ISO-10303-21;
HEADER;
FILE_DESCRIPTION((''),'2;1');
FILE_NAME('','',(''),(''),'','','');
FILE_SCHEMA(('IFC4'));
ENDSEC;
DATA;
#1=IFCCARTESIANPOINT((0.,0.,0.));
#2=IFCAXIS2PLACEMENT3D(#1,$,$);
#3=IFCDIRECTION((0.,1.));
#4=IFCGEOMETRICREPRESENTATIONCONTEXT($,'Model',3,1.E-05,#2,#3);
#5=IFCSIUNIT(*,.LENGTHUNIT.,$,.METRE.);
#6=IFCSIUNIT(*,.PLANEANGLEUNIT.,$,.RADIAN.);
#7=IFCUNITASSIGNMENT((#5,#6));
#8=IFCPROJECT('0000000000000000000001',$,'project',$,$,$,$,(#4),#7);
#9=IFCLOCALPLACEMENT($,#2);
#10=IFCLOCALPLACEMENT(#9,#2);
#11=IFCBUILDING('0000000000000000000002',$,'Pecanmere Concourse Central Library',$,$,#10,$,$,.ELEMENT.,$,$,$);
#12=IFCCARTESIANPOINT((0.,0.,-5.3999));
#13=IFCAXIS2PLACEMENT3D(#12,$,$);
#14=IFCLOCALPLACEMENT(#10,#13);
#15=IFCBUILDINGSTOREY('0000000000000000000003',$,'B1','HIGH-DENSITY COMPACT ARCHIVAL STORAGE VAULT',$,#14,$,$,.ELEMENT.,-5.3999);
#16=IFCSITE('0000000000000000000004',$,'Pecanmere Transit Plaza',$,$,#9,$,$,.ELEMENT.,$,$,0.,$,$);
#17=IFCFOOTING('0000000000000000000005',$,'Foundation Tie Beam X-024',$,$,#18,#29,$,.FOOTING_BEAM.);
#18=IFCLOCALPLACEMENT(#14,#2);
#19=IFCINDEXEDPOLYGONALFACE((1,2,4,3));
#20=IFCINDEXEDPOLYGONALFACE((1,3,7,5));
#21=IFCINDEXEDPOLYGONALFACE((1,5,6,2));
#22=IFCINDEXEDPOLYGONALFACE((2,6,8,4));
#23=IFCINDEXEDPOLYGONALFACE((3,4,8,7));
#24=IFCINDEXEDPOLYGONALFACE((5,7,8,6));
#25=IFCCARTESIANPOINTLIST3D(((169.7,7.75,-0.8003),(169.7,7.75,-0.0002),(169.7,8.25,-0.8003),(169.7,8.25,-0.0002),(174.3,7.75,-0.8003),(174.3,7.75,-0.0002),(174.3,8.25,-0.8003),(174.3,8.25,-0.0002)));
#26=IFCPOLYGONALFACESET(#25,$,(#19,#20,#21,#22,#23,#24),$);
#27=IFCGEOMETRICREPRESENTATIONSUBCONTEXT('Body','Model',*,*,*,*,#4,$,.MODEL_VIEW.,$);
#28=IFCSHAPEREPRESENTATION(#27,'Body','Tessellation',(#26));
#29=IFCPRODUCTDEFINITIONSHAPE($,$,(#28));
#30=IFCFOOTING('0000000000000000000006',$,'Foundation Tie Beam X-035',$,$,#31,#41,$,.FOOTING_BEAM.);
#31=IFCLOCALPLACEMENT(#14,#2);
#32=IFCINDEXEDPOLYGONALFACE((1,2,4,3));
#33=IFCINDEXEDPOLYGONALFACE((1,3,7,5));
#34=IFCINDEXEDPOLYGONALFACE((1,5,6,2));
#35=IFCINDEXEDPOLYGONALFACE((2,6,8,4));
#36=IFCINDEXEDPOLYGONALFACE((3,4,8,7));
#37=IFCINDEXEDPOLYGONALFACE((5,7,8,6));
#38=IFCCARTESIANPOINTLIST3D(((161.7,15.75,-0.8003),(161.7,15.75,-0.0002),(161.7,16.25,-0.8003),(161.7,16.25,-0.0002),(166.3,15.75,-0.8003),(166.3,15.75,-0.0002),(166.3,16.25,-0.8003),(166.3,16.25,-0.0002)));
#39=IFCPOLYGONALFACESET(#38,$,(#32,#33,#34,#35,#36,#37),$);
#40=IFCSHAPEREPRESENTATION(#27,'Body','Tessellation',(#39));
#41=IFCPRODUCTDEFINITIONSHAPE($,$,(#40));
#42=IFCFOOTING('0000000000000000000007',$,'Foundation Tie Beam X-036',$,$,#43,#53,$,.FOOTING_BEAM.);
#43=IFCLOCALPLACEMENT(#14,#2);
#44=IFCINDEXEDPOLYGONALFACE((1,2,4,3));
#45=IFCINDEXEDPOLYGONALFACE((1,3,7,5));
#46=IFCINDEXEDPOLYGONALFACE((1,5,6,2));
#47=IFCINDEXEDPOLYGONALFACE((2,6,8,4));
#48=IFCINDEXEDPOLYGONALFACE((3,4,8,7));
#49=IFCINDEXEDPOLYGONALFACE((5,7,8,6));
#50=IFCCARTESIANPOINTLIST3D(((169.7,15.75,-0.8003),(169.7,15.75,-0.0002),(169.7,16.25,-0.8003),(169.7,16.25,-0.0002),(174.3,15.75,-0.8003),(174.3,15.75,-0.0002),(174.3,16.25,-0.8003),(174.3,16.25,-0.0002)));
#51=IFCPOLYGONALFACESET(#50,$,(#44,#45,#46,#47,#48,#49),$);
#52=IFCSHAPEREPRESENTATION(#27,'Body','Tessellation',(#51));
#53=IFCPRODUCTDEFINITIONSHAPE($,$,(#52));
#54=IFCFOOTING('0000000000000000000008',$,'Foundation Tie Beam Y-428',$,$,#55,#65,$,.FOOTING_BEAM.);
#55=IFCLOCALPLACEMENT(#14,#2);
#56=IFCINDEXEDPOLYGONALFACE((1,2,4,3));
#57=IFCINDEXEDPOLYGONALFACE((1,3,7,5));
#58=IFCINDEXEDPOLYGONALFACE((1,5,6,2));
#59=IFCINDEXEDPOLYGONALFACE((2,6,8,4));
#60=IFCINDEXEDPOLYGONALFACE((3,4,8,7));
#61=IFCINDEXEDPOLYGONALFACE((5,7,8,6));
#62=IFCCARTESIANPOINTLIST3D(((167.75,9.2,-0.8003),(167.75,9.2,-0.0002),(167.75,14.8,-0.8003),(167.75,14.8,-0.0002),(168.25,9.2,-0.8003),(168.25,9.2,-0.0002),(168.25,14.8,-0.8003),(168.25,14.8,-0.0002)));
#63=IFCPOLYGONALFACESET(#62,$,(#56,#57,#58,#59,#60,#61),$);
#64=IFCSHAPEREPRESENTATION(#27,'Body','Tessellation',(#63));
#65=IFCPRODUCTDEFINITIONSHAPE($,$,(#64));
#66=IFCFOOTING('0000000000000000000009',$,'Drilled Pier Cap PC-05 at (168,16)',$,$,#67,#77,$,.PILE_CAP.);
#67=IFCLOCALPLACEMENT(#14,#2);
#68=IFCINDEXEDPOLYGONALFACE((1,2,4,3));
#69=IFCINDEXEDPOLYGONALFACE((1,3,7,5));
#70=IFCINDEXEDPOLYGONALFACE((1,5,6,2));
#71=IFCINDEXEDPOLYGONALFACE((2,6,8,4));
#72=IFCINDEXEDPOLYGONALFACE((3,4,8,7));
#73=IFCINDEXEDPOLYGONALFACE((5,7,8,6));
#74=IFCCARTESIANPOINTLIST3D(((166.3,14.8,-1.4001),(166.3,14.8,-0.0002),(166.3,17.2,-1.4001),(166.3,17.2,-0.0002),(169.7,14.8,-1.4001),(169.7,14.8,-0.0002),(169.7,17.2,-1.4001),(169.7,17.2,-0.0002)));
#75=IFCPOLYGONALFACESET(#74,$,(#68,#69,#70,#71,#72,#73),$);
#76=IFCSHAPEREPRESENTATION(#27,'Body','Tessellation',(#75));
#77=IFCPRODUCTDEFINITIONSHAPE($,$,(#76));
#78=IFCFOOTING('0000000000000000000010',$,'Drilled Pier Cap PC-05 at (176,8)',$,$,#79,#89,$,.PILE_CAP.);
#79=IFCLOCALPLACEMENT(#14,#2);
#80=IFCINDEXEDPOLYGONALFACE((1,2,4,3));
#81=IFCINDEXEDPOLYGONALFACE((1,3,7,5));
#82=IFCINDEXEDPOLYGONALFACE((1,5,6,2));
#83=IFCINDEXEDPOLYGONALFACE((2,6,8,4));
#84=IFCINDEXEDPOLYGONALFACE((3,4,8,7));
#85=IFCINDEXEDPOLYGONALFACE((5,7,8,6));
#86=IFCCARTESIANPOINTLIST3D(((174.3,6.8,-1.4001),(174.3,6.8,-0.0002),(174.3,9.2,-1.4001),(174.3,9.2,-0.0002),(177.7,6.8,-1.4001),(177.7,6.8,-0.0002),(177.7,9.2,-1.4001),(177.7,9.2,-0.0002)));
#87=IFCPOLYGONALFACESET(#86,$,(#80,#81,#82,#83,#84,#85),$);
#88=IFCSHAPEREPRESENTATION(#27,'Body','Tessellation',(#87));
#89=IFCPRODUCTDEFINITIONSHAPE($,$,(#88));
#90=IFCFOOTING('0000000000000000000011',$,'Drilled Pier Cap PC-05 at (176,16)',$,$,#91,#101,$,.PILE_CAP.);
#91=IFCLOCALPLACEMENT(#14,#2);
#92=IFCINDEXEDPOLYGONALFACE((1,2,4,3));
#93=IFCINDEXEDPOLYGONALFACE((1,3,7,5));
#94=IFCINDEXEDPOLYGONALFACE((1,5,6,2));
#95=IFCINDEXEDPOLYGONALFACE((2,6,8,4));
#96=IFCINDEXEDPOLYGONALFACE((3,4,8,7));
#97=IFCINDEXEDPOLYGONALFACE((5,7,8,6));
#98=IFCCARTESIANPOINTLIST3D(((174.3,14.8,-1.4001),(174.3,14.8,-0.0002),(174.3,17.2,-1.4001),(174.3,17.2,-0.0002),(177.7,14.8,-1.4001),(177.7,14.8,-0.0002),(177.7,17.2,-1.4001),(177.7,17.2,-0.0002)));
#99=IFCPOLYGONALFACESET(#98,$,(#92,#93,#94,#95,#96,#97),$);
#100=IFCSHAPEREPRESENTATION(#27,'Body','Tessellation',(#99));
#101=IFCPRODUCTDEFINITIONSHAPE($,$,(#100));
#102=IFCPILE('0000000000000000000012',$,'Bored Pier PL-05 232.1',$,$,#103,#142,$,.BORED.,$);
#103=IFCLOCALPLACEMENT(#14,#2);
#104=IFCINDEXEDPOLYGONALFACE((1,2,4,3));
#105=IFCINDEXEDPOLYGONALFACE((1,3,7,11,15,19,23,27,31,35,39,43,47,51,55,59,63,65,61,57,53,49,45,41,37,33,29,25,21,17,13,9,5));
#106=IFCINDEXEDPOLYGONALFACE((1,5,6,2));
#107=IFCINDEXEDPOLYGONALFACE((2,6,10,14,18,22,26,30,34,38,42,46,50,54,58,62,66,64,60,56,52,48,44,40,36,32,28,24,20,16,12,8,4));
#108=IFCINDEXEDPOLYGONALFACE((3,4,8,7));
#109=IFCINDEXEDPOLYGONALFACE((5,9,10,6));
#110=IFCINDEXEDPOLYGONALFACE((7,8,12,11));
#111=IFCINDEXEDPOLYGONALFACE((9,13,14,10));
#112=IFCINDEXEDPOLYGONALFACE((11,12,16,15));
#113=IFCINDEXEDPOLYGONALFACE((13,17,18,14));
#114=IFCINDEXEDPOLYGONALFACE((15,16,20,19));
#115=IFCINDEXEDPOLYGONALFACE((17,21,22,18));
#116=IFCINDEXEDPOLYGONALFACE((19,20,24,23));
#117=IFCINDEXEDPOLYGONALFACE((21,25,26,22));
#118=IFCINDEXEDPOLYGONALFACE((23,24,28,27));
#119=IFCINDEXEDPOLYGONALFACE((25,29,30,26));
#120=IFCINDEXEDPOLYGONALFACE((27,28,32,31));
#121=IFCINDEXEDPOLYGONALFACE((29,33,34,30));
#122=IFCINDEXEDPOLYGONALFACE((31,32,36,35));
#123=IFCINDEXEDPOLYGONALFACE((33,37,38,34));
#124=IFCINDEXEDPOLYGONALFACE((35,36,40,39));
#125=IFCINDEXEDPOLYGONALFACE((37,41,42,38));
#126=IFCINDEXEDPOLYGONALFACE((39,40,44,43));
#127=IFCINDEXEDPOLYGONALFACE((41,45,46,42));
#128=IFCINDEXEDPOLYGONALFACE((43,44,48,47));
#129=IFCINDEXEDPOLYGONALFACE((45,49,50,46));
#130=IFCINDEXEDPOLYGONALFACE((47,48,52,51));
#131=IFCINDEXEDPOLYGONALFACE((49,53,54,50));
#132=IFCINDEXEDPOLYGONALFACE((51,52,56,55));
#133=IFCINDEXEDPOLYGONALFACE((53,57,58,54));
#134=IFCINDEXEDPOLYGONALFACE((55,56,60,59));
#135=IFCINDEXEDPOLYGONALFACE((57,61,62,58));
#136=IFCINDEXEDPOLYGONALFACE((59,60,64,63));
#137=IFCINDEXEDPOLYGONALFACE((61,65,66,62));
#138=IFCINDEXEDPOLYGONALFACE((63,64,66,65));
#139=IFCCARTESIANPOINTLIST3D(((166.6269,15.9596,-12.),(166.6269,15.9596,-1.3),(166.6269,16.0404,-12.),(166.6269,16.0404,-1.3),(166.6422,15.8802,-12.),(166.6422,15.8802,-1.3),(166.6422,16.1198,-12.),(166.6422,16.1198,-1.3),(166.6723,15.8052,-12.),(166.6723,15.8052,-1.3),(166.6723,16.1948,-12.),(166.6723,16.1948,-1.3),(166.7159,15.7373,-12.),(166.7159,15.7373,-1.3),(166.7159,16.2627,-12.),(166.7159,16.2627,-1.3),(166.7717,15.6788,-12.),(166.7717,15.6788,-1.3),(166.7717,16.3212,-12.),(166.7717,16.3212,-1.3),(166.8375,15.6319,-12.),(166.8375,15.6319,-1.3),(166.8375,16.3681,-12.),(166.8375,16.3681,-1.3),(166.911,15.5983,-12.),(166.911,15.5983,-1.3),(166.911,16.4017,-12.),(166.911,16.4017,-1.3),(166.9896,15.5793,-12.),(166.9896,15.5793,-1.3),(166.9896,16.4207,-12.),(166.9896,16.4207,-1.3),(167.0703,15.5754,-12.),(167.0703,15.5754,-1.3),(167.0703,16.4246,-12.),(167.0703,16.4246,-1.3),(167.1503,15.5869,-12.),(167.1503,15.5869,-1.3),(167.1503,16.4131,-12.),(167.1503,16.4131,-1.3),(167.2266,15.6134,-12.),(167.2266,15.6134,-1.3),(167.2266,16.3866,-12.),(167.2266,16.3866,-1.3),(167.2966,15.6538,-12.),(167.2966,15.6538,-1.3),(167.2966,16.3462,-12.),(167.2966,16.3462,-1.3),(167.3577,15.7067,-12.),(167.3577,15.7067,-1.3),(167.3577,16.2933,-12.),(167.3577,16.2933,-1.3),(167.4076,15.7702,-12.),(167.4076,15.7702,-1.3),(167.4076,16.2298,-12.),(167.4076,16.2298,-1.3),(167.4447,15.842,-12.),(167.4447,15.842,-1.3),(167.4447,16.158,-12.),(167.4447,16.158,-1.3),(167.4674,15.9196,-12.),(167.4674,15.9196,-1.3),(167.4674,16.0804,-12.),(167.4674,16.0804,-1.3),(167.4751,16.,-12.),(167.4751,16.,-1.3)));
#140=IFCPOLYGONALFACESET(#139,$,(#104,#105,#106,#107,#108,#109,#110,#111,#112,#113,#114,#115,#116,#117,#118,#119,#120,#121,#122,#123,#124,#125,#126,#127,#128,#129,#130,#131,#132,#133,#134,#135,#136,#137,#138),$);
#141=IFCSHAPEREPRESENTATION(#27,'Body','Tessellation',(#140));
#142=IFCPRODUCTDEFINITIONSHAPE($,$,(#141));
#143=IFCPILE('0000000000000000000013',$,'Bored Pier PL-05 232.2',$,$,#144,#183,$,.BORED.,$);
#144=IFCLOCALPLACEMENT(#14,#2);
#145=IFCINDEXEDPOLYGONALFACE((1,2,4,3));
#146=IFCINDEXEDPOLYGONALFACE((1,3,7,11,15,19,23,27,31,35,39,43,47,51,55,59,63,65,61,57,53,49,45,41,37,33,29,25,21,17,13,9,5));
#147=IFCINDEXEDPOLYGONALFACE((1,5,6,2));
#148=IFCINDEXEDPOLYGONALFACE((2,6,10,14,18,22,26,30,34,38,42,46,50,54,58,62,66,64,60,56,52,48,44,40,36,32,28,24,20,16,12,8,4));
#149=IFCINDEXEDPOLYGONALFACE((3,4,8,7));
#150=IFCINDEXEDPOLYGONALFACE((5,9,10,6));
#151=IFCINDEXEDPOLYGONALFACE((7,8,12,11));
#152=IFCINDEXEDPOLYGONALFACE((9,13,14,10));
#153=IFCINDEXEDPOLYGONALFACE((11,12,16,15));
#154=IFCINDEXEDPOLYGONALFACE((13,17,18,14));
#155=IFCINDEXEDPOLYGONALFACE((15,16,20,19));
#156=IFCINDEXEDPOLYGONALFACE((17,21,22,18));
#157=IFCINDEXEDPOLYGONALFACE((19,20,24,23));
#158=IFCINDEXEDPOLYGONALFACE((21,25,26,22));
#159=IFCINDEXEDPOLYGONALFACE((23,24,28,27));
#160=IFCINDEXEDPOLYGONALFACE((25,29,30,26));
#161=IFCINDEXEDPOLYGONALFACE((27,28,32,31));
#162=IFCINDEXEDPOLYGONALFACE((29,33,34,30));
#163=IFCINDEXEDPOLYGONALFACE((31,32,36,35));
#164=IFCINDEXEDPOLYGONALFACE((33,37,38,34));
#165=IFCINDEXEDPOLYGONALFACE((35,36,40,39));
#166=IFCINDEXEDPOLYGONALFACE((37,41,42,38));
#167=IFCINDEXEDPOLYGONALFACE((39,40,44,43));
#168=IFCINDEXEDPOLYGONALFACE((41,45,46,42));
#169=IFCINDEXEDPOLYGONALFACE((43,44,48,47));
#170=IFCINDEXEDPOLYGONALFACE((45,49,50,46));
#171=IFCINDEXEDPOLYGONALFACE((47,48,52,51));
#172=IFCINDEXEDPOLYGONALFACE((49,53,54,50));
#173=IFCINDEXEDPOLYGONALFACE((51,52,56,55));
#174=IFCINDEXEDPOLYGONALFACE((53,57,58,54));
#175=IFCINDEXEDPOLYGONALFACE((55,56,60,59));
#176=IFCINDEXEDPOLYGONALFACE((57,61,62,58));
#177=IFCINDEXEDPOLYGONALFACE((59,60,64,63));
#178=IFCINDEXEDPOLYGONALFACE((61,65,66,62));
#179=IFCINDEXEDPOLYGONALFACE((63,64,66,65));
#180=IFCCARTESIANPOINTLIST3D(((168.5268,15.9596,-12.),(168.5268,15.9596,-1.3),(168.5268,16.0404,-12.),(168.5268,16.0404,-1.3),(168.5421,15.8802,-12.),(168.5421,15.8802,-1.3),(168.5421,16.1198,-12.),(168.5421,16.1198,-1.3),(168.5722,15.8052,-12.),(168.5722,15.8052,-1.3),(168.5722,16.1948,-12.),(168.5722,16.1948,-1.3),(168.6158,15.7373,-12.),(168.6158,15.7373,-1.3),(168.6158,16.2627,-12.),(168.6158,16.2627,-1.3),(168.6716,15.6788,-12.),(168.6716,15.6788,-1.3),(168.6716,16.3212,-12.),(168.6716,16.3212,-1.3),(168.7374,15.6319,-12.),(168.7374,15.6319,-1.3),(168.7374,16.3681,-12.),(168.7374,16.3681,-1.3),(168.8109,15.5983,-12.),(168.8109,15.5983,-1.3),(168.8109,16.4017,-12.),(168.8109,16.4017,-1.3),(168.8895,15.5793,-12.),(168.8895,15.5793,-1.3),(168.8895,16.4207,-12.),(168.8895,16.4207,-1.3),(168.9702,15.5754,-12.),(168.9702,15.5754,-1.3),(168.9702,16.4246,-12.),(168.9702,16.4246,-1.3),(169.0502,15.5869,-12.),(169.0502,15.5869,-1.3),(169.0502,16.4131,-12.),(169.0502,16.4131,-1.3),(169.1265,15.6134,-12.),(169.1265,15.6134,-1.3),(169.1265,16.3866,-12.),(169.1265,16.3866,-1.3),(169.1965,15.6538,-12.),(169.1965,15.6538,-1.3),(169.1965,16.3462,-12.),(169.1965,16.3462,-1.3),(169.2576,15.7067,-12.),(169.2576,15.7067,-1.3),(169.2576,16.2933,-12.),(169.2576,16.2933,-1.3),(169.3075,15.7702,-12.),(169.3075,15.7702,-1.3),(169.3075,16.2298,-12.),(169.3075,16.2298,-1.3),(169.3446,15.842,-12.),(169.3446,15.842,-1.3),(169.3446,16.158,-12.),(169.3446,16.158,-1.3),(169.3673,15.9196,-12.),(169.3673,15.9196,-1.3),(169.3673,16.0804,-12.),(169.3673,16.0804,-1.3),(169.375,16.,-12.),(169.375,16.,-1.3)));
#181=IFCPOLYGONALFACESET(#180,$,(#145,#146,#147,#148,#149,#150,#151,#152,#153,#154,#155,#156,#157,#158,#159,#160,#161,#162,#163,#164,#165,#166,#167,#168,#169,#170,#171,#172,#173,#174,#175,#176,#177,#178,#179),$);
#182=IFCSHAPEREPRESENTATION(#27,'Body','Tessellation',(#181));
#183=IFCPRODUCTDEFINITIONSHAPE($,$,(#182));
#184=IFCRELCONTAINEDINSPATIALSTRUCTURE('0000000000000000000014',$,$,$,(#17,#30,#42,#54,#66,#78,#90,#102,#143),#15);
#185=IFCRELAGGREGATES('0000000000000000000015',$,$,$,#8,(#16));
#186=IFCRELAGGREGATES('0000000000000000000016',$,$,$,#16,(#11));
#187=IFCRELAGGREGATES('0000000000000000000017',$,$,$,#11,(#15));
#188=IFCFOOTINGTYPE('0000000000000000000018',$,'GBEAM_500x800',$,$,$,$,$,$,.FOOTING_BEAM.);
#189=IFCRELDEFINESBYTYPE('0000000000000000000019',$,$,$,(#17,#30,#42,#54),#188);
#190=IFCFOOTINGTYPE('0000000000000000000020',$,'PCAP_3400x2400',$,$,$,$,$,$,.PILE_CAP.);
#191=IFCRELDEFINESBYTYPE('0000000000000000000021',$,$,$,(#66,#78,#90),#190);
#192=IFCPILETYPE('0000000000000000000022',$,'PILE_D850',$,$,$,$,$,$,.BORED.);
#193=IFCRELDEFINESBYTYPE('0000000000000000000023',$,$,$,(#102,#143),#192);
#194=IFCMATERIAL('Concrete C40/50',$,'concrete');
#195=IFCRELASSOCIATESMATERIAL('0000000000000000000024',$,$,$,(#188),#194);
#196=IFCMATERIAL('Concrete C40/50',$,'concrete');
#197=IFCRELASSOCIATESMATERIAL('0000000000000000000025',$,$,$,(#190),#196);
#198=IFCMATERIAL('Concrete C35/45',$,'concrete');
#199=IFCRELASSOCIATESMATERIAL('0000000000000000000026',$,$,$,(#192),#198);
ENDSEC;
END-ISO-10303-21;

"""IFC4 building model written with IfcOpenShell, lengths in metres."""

from ifc_helpers import new_model, si_unit, direction, frame, origin, origin_2d, place, context, subcontext, project, spatial, rectangle, circle, extrude, material, material_profile, profile_set, type_object, element, save


model = new_model("IFC4")

# Units and contexts
model_context = context("Model", 3, precision=1e-05, world=origin(), true_north=direction((0.0, 1.0)))
body_context = subcontext(model_context, "Body", "Model", "MODEL_VIEW")
ifc_project = project(units=[si_unit("LENGTHUNIT", "METRE"), si_unit("PLANEANGLEUNIT", "RADIAN")], contexts=[model_context])

# Site, building, storey
site_placement = place(None, origin())
site = spatial("IfcSite", under=ifc_project, at=site_placement, Name="Pecanmere Transit Plaza", CompositionType="ELEMENT", RefElevation=0.0)
building_placement = place(site_placement, origin())
building = spatial("IfcBuilding", under=site, at=building_placement, Name="Pecanmere Concourse Central Library", CompositionType="ELEMENT")
storey_placement = place(building_placement, frame((0.0, 0.0, -5.3999)))
storey = spatial("IfcBuildingStorey", under=building, at=storey_placement, Name="B1", Description="HIGH-DENSITY COMPACT ARCHIVAL STORAGE VAULT", CompositionType="ELEMENT", Elevation=-5.3999)

# Footings
ifc_material_1 = material(Name="Concrete C40/50", Category="concrete")
ifc_material_profile_1 = material_profile(ifc_material_1, rectangle(XDim=0.5, YDim=0.8, at=origin_2d()), Name="RC 500x800")
ifc_profile_set_1 = profile_set([ifc_material_profile_1], Name="Concrete C40/50")
footing_type_1 = type_object("IfcFootingType", Name="GBEAM_500x800", PredefinedType="FOOTING_BEAM", material=ifc_profile_set_1)
for number, where, z_axis, x_axis, name in (
    (1, (172.0, 8.0, -0.8003), (0.0, 0.0, 1.0), (1.0, 0.0, 0.0), "Foundation Tie Beam X-024"),
    (2, (164.0, 16.0, -0.8003), (0.0, 0.0, 1.0), (1.0, 0.0, 0.0), "Foundation Tie Beam X-035"),
    (3, (172.0, 16.0, -0.8003), (0.0, 0.0, 1.0), (1.0, 0.0, 0.0), "Foundation Tie Beam X-036"),
):
    element("IfcFooting", number, at=place(storey_placement, frame(where, z_axis=z_axis, x_axis=x_axis)), inside=storey, type_object=footing_type_1, Name=name, PredefinedType="FOOTING_BEAM", context=body_context, shape_type="SweptSolid", body=[
        extrude(rectangle(XDim=4.6001, YDim=0.5, at=origin_2d()), origin(), (0.0, 0.0, 1.0), 0.8),
    ])
footing_1_placement = place(storey_placement, frame((168.0, 12.0, -0.8003), z_axis=(0.0, 0.0, 1.0), x_axis=(0.0, 1.0, 0.0)))
element("IfcFooting", 4, at=footing_1_placement, inside=storey, type_object=footing_type_1, Name="Foundation Tie Beam Y-428", PredefinedType="FOOTING_BEAM", context=body_context, shape_type="SweptSolid", body=[
    extrude(rectangle(XDim=5.6001, YDim=0.5, at=origin_2d()), origin(), (0.0, 0.0, 1.0), 0.8),
])
ifc_material_2 = material(Name="Concrete C40/50", Category="concrete")
footing_type_2 = type_object("IfcFootingType", Name="PCAP_3400x2400", PredefinedType="PILE_CAP", material=ifc_material_2)
for number, where, z_axis, x_axis, name in (
    (5, (168.0, 16.0, -1.4001), (0.0, 0.0, 1.0), (1.0, 0.0, 0.0), "Drilled Pier Cap PC-05 at (168,16)"),
    (6, (176.0, 8.0, -1.4001), (0.0, 0.0, 1.0), (1.0, 0.0, 0.0), "Drilled Pier Cap PC-05 at (176,8)"),
    (7, (176.0, 16.0, -1.4001), (0.0, 0.0, 1.0), (1.0, 0.0, 0.0), "Drilled Pier Cap PC-05 at (176,16)"),
):
    element("IfcFooting", number, at=place(storey_placement, frame(where, z_axis=z_axis, x_axis=x_axis)), inside=storey, type_object=footing_type_2, Name=name, PredefinedType="PILE_CAP", context=body_context, shape_type="SweptSolid", body=[
        extrude(rectangle(XDim=3.3999, YDim=2.3999, at=origin_2d()), origin(), (0.0, 0.0, 1.0), 1.3999),
    ])

# Piles
ifc_material_3 = material(Name="Concrete C35/45", Category="concrete")
ifc_material_profile_2 = material_profile(ifc_material_3, circle(Radius=0.425, at=origin_2d()), Name="PIER D850")
ifc_profile_set_2 = profile_set([ifc_material_profile_2], Name="Concrete C35/45")
pile_type = type_object("IfcPileType", Name="PILE_D850", PredefinedType="BORED", material=ifc_profile_set_2)
for number, where, z_axis, x_axis, name in (
    (8, (167.05, 16.0, -1.3), (0.0, 0.0, -1.0), (1.0, 0.0, 0.0), "Bored Pier PL-05 232.1"),
    (9, (168.95, 16.0, -1.3), (0.0, 0.0, -1.0), (1.0, 0.0, 0.0), "Bored Pier PL-05 232.2"),
):
    element("IfcPile", number, at=place(storey_placement, frame(where, z_axis=z_axis, x_axis=x_axis)), inside=storey, type_object=pile_type, Name=name, PredefinedType="BORED", context=body_context, shape_type="SweptSolid", body=[
        extrude(circle(Radius=0.425, at=origin_2d()), origin(), (0.0, 0.0, 1.0), 10.7),
    ])

save(model, "model.ifc")
